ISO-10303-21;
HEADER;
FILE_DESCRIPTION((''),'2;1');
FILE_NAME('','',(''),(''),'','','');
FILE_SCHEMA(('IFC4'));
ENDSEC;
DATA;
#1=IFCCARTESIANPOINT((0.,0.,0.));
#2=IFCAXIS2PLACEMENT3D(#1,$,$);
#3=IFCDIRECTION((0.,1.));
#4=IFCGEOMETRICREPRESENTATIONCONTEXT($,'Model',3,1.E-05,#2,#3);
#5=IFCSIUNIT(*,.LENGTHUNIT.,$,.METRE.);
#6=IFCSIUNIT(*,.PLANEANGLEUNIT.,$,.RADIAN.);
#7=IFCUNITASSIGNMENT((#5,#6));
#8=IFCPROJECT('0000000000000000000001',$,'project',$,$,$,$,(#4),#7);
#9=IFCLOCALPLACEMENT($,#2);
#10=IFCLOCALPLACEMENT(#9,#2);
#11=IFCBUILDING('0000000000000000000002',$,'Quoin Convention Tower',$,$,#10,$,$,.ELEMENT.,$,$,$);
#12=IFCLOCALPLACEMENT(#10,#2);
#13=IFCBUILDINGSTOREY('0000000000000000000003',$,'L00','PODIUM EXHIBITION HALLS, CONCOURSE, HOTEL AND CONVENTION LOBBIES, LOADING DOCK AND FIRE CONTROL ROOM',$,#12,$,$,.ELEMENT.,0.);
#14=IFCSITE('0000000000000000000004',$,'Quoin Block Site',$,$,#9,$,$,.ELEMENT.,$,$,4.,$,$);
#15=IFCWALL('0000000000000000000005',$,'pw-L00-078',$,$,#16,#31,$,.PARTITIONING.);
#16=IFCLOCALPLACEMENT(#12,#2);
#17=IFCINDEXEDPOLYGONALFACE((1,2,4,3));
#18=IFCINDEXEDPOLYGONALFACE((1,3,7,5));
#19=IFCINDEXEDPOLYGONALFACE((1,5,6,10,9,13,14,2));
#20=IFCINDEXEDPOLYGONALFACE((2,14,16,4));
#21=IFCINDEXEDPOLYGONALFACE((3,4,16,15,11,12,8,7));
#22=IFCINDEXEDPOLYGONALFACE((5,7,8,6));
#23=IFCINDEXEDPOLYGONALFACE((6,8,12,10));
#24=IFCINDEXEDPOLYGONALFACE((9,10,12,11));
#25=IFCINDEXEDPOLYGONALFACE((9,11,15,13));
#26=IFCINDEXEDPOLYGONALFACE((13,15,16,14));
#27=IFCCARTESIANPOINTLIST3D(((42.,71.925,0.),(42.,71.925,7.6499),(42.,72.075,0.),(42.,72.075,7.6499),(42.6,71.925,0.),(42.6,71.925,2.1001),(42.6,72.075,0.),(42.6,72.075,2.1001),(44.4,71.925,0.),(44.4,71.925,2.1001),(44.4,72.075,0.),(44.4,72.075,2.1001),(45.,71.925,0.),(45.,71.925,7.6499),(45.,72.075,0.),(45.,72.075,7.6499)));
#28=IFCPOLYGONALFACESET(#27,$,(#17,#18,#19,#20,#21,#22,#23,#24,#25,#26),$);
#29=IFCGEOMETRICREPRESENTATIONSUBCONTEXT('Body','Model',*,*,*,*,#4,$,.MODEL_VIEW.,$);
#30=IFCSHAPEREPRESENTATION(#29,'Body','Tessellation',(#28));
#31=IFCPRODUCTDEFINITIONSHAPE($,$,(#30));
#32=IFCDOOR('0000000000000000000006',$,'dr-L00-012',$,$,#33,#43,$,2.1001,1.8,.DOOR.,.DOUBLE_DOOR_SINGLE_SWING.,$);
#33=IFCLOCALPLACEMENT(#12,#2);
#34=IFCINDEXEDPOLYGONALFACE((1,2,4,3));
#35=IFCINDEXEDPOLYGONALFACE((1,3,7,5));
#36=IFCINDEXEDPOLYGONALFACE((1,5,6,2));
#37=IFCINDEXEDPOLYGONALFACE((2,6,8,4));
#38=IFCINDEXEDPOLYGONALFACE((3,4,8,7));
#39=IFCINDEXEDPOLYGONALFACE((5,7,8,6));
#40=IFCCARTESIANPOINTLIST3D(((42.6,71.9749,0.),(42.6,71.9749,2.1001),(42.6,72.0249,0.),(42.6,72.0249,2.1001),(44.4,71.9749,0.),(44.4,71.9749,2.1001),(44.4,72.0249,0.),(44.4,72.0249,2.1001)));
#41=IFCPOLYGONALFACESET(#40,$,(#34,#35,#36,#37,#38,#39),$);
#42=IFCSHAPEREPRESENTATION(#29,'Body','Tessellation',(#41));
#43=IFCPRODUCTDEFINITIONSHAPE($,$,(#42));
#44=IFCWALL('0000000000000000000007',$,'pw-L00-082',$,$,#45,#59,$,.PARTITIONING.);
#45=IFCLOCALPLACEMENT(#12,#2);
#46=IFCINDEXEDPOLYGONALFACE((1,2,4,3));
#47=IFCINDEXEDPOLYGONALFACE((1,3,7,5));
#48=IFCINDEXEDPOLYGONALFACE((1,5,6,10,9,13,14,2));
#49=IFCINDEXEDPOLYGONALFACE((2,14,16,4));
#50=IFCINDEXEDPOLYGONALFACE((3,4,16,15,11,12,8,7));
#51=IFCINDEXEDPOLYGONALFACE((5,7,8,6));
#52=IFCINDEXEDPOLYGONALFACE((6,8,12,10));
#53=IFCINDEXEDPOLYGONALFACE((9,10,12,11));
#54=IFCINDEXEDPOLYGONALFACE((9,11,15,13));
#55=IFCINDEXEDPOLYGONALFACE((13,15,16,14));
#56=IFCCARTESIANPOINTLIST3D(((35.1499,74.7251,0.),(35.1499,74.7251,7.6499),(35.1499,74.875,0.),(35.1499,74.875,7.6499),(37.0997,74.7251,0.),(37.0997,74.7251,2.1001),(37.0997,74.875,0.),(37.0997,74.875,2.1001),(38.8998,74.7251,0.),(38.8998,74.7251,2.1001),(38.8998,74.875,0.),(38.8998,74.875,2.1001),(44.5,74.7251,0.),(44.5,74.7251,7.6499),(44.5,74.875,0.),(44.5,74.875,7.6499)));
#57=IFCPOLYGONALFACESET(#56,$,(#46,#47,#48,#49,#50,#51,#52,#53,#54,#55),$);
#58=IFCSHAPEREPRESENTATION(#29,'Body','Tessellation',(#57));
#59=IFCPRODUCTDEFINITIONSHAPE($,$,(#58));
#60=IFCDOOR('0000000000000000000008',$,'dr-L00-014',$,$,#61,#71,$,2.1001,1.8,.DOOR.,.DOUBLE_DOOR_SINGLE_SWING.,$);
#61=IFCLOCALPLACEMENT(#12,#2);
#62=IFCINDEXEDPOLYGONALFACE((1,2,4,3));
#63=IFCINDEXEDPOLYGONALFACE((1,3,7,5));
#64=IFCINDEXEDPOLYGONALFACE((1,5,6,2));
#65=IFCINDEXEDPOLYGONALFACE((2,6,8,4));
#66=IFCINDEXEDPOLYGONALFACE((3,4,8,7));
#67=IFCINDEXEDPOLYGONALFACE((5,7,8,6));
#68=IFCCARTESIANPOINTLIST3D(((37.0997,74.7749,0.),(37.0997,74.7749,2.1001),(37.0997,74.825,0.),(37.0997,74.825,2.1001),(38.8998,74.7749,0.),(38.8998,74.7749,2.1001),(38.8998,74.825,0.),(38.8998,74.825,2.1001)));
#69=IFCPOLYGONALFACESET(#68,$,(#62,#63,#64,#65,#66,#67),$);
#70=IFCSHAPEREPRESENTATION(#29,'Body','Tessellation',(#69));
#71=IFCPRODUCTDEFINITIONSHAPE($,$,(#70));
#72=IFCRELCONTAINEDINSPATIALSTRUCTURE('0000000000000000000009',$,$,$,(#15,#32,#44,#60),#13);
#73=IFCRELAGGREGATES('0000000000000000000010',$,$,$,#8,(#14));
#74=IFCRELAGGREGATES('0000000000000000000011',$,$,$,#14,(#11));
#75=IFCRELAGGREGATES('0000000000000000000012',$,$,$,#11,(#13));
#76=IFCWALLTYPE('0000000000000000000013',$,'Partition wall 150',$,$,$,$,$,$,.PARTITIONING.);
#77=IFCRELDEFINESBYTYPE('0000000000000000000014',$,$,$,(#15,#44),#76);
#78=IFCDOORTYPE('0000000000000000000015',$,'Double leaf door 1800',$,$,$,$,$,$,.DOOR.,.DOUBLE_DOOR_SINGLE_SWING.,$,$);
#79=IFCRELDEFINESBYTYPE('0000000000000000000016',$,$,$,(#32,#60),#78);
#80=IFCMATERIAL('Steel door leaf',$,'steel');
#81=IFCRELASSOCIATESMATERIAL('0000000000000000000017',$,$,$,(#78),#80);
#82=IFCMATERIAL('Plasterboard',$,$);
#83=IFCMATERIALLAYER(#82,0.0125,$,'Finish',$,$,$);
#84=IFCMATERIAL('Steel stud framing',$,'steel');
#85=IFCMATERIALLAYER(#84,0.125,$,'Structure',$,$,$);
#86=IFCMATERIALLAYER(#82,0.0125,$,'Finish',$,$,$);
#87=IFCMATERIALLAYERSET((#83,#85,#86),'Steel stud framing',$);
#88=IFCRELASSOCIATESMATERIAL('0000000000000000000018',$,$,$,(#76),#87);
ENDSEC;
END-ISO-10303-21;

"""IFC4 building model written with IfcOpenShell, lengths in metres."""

from ifc_helpers import new_model, si_unit, direction, frame, frame_2d, origin, place, context, subcontext, project, spatial, rectangle, extrude, material, layer, layer_set, type_object, element, fill, save


model = new_model("IFC4")

# Units and contexts
model_context = context("Model", 3, precision=1e-05, world=origin(), true_north=direction((0.0, 1.0)))
body_context = subcontext(model_context, "Body", "Model", "MODEL_VIEW")
ifc_project = project(units=[si_unit("LENGTHUNIT", "METRE"), si_unit("PLANEANGLEUNIT", "RADIAN")], contexts=[model_context])

# Site, building, storey
site_placement = place(None, origin())
site = spatial("IfcSite", under=ifc_project, at=site_placement, Name="Quoin Block Site", CompositionType="ELEMENT", RefElevation=4.0)
building_placement = place(site_placement, origin())
building = spatial("IfcBuilding", under=site, at=building_placement, Name="Quoin Convention Tower", CompositionType="ELEMENT")
storey_placement = place(building_placement, origin())
storey = spatial("IfcBuildingStorey", under=building, at=storey_placement, Name="L00", Description="PODIUM EXHIBITION HALLS, CONCOURSE, HOTEL AND CONVENTION LOBBIES, LOADING DOCK AND FIRE CONTROL ROOM", CompositionType="ELEMENT", Elevation=0.0)

# Shared definitions
ifc_material_1 = material(Name="Plasterboard")
ifc_material_2 = material(Name="Steel stud framing", Category="steel")
ifc_material_3 = material(Name="Steel door leaf", Category="steel")

# Walls, openings, doors
door_type_1 = type_object("IfcDoorType", Name="Double leaf door 1800", OperationType="DOUBLE_DOOR_SINGLE_SWING", PredefinedType="DOOR", material=ifc_material_3)
ifc_layer_1 = layer(ifc_material_1, 0.0125, Name="Finish")
ifc_layer_2 = layer(ifc_material_2, 0.125, Name="Structure")
ifc_layer_3 = layer(ifc_material_1, 0.0125, Name="Finish")
ifc_layer_set_1 = layer_set([ifc_layer_1, ifc_layer_2, ifc_layer_3], Name="Steel stud framing")
wall_type_1 = type_object("IfcWallType", Name="Partition wall 150", PredefinedType="PARTITIONING", material=ifc_layer_set_1)
wall_1_placement = place(storey_placement, frame((42.0, 72.0, 0.0), z_axis=(0.0, 0.0, 1.0), x_axis=(1.0, 0.0, 0.0)))
wall_1 = element("IfcWall", 1, at=wall_1_placement, inside=storey, type_object=wall_type_1, Name="pw-L00-078", PredefinedType="PARTITIONING", context=body_context, shape_type="SweptSolid", body=[
    extrude(rectangle(XDim=3.0, YDim=0.1499, at=frame_2d((1.5, 0.0))), origin(), (0.0, 0.0, 1.0), 7.6499),
])
opening_1_placement = place(wall_1_placement, frame((0.6001, 0.0, 0.0)))
opening_1 = element("IfcOpeningElement", 2, at=opening_1_placement, cuts=wall_1, PredefinedType="OPENING", context=body_context, shape_type="SweptSolid", body=[
    extrude(rectangle(XDim=1.8, YDim=2.1001, at=frame_2d((0.8999, 1.05))), frame((0.0, 0.085, 0.0), z_axis=(0.0, -1.0, 0.0), x_axis=(1.0, 0.0, 0.0)), (0.0, 0.0, 1.0), 0.1699),
])
door_1_placement = place(opening_1_placement, origin())
door_1 = element("IfcDoor", 3, at=door_1_placement, inside=storey, type_object=door_type_1, Name="dr-L00-012", OperationType="DOUBLE_DOOR_SINGLE_SWING", OverallHeight=2.1001, OverallWidth=1.8, PredefinedType="DOOR", context=body_context, shape_type="SweptSolid", body=[
    extrude(rectangle(XDim=1.8, YDim=2.1001, at=frame_2d((0.8999, 1.05))), frame((0.0, 0.0249, 0.0), z_axis=(0.0, -1.0, 0.0), x_axis=(1.0, 0.0, 0.0)), (0.0, 0.0, 1.0), 0.05),
])
fill(opening_1, door_1)
wall_2_placement = place(storey_placement, frame((35.1499, 74.8, 0.0), z_axis=(0.0, 0.0, 1.0), x_axis=(1.0, 0.0, 0.0)))
wall_2 = element("IfcWall", 4, at=wall_2_placement, inside=storey, type_object=wall_type_1, Name="pw-L00-082", PredefinedType="PARTITIONING", context=body_context, shape_type="SweptSolid", body=[
    extrude(rectangle(XDim=9.3501, YDim=0.1499, at=frame_2d((4.675, 0.0))), origin(), (0.0, 0.0, 1.0), 7.6499),
])
opening_2_placement = place(wall_2_placement, frame((1.95, 0.0, 0.0)))
opening_2 = element("IfcOpeningElement", 5, at=opening_2_placement, cuts=wall_2, PredefinedType="OPENING", context=body_context, shape_type="SweptSolid", body=[
    extrude(rectangle(XDim=1.8, YDim=2.1001, at=frame_2d((0.8999, 1.05))), frame((0.0, 0.085, 0.0), z_axis=(0.0, -1.0, 0.0), x_axis=(1.0, 0.0, 0.0)), (0.0, 0.0, 1.0), 0.1699),
])
door_2_placement = place(opening_2_placement, origin())
door_2 = element("IfcDoor", 6, at=door_2_placement, inside=storey, type_object=door_type_1, Name="dr-L00-014", OperationType="DOUBLE_DOOR_SINGLE_SWING", OverallHeight=2.1001, OverallWidth=1.8, PredefinedType="DOOR", context=body_context, shape_type="SweptSolid", body=[
    extrude(rectangle(XDim=1.8, YDim=2.1001, at=frame_2d((0.8999, 1.05))), frame((0.0, 0.0249, 0.0), z_axis=(0.0, -1.0, 0.0), x_axis=(1.0, 0.0, 0.0)), (0.0, 0.0, 1.0), 0.05),
])
fill(opening_2, door_2)

save(model, "model.ifc")
